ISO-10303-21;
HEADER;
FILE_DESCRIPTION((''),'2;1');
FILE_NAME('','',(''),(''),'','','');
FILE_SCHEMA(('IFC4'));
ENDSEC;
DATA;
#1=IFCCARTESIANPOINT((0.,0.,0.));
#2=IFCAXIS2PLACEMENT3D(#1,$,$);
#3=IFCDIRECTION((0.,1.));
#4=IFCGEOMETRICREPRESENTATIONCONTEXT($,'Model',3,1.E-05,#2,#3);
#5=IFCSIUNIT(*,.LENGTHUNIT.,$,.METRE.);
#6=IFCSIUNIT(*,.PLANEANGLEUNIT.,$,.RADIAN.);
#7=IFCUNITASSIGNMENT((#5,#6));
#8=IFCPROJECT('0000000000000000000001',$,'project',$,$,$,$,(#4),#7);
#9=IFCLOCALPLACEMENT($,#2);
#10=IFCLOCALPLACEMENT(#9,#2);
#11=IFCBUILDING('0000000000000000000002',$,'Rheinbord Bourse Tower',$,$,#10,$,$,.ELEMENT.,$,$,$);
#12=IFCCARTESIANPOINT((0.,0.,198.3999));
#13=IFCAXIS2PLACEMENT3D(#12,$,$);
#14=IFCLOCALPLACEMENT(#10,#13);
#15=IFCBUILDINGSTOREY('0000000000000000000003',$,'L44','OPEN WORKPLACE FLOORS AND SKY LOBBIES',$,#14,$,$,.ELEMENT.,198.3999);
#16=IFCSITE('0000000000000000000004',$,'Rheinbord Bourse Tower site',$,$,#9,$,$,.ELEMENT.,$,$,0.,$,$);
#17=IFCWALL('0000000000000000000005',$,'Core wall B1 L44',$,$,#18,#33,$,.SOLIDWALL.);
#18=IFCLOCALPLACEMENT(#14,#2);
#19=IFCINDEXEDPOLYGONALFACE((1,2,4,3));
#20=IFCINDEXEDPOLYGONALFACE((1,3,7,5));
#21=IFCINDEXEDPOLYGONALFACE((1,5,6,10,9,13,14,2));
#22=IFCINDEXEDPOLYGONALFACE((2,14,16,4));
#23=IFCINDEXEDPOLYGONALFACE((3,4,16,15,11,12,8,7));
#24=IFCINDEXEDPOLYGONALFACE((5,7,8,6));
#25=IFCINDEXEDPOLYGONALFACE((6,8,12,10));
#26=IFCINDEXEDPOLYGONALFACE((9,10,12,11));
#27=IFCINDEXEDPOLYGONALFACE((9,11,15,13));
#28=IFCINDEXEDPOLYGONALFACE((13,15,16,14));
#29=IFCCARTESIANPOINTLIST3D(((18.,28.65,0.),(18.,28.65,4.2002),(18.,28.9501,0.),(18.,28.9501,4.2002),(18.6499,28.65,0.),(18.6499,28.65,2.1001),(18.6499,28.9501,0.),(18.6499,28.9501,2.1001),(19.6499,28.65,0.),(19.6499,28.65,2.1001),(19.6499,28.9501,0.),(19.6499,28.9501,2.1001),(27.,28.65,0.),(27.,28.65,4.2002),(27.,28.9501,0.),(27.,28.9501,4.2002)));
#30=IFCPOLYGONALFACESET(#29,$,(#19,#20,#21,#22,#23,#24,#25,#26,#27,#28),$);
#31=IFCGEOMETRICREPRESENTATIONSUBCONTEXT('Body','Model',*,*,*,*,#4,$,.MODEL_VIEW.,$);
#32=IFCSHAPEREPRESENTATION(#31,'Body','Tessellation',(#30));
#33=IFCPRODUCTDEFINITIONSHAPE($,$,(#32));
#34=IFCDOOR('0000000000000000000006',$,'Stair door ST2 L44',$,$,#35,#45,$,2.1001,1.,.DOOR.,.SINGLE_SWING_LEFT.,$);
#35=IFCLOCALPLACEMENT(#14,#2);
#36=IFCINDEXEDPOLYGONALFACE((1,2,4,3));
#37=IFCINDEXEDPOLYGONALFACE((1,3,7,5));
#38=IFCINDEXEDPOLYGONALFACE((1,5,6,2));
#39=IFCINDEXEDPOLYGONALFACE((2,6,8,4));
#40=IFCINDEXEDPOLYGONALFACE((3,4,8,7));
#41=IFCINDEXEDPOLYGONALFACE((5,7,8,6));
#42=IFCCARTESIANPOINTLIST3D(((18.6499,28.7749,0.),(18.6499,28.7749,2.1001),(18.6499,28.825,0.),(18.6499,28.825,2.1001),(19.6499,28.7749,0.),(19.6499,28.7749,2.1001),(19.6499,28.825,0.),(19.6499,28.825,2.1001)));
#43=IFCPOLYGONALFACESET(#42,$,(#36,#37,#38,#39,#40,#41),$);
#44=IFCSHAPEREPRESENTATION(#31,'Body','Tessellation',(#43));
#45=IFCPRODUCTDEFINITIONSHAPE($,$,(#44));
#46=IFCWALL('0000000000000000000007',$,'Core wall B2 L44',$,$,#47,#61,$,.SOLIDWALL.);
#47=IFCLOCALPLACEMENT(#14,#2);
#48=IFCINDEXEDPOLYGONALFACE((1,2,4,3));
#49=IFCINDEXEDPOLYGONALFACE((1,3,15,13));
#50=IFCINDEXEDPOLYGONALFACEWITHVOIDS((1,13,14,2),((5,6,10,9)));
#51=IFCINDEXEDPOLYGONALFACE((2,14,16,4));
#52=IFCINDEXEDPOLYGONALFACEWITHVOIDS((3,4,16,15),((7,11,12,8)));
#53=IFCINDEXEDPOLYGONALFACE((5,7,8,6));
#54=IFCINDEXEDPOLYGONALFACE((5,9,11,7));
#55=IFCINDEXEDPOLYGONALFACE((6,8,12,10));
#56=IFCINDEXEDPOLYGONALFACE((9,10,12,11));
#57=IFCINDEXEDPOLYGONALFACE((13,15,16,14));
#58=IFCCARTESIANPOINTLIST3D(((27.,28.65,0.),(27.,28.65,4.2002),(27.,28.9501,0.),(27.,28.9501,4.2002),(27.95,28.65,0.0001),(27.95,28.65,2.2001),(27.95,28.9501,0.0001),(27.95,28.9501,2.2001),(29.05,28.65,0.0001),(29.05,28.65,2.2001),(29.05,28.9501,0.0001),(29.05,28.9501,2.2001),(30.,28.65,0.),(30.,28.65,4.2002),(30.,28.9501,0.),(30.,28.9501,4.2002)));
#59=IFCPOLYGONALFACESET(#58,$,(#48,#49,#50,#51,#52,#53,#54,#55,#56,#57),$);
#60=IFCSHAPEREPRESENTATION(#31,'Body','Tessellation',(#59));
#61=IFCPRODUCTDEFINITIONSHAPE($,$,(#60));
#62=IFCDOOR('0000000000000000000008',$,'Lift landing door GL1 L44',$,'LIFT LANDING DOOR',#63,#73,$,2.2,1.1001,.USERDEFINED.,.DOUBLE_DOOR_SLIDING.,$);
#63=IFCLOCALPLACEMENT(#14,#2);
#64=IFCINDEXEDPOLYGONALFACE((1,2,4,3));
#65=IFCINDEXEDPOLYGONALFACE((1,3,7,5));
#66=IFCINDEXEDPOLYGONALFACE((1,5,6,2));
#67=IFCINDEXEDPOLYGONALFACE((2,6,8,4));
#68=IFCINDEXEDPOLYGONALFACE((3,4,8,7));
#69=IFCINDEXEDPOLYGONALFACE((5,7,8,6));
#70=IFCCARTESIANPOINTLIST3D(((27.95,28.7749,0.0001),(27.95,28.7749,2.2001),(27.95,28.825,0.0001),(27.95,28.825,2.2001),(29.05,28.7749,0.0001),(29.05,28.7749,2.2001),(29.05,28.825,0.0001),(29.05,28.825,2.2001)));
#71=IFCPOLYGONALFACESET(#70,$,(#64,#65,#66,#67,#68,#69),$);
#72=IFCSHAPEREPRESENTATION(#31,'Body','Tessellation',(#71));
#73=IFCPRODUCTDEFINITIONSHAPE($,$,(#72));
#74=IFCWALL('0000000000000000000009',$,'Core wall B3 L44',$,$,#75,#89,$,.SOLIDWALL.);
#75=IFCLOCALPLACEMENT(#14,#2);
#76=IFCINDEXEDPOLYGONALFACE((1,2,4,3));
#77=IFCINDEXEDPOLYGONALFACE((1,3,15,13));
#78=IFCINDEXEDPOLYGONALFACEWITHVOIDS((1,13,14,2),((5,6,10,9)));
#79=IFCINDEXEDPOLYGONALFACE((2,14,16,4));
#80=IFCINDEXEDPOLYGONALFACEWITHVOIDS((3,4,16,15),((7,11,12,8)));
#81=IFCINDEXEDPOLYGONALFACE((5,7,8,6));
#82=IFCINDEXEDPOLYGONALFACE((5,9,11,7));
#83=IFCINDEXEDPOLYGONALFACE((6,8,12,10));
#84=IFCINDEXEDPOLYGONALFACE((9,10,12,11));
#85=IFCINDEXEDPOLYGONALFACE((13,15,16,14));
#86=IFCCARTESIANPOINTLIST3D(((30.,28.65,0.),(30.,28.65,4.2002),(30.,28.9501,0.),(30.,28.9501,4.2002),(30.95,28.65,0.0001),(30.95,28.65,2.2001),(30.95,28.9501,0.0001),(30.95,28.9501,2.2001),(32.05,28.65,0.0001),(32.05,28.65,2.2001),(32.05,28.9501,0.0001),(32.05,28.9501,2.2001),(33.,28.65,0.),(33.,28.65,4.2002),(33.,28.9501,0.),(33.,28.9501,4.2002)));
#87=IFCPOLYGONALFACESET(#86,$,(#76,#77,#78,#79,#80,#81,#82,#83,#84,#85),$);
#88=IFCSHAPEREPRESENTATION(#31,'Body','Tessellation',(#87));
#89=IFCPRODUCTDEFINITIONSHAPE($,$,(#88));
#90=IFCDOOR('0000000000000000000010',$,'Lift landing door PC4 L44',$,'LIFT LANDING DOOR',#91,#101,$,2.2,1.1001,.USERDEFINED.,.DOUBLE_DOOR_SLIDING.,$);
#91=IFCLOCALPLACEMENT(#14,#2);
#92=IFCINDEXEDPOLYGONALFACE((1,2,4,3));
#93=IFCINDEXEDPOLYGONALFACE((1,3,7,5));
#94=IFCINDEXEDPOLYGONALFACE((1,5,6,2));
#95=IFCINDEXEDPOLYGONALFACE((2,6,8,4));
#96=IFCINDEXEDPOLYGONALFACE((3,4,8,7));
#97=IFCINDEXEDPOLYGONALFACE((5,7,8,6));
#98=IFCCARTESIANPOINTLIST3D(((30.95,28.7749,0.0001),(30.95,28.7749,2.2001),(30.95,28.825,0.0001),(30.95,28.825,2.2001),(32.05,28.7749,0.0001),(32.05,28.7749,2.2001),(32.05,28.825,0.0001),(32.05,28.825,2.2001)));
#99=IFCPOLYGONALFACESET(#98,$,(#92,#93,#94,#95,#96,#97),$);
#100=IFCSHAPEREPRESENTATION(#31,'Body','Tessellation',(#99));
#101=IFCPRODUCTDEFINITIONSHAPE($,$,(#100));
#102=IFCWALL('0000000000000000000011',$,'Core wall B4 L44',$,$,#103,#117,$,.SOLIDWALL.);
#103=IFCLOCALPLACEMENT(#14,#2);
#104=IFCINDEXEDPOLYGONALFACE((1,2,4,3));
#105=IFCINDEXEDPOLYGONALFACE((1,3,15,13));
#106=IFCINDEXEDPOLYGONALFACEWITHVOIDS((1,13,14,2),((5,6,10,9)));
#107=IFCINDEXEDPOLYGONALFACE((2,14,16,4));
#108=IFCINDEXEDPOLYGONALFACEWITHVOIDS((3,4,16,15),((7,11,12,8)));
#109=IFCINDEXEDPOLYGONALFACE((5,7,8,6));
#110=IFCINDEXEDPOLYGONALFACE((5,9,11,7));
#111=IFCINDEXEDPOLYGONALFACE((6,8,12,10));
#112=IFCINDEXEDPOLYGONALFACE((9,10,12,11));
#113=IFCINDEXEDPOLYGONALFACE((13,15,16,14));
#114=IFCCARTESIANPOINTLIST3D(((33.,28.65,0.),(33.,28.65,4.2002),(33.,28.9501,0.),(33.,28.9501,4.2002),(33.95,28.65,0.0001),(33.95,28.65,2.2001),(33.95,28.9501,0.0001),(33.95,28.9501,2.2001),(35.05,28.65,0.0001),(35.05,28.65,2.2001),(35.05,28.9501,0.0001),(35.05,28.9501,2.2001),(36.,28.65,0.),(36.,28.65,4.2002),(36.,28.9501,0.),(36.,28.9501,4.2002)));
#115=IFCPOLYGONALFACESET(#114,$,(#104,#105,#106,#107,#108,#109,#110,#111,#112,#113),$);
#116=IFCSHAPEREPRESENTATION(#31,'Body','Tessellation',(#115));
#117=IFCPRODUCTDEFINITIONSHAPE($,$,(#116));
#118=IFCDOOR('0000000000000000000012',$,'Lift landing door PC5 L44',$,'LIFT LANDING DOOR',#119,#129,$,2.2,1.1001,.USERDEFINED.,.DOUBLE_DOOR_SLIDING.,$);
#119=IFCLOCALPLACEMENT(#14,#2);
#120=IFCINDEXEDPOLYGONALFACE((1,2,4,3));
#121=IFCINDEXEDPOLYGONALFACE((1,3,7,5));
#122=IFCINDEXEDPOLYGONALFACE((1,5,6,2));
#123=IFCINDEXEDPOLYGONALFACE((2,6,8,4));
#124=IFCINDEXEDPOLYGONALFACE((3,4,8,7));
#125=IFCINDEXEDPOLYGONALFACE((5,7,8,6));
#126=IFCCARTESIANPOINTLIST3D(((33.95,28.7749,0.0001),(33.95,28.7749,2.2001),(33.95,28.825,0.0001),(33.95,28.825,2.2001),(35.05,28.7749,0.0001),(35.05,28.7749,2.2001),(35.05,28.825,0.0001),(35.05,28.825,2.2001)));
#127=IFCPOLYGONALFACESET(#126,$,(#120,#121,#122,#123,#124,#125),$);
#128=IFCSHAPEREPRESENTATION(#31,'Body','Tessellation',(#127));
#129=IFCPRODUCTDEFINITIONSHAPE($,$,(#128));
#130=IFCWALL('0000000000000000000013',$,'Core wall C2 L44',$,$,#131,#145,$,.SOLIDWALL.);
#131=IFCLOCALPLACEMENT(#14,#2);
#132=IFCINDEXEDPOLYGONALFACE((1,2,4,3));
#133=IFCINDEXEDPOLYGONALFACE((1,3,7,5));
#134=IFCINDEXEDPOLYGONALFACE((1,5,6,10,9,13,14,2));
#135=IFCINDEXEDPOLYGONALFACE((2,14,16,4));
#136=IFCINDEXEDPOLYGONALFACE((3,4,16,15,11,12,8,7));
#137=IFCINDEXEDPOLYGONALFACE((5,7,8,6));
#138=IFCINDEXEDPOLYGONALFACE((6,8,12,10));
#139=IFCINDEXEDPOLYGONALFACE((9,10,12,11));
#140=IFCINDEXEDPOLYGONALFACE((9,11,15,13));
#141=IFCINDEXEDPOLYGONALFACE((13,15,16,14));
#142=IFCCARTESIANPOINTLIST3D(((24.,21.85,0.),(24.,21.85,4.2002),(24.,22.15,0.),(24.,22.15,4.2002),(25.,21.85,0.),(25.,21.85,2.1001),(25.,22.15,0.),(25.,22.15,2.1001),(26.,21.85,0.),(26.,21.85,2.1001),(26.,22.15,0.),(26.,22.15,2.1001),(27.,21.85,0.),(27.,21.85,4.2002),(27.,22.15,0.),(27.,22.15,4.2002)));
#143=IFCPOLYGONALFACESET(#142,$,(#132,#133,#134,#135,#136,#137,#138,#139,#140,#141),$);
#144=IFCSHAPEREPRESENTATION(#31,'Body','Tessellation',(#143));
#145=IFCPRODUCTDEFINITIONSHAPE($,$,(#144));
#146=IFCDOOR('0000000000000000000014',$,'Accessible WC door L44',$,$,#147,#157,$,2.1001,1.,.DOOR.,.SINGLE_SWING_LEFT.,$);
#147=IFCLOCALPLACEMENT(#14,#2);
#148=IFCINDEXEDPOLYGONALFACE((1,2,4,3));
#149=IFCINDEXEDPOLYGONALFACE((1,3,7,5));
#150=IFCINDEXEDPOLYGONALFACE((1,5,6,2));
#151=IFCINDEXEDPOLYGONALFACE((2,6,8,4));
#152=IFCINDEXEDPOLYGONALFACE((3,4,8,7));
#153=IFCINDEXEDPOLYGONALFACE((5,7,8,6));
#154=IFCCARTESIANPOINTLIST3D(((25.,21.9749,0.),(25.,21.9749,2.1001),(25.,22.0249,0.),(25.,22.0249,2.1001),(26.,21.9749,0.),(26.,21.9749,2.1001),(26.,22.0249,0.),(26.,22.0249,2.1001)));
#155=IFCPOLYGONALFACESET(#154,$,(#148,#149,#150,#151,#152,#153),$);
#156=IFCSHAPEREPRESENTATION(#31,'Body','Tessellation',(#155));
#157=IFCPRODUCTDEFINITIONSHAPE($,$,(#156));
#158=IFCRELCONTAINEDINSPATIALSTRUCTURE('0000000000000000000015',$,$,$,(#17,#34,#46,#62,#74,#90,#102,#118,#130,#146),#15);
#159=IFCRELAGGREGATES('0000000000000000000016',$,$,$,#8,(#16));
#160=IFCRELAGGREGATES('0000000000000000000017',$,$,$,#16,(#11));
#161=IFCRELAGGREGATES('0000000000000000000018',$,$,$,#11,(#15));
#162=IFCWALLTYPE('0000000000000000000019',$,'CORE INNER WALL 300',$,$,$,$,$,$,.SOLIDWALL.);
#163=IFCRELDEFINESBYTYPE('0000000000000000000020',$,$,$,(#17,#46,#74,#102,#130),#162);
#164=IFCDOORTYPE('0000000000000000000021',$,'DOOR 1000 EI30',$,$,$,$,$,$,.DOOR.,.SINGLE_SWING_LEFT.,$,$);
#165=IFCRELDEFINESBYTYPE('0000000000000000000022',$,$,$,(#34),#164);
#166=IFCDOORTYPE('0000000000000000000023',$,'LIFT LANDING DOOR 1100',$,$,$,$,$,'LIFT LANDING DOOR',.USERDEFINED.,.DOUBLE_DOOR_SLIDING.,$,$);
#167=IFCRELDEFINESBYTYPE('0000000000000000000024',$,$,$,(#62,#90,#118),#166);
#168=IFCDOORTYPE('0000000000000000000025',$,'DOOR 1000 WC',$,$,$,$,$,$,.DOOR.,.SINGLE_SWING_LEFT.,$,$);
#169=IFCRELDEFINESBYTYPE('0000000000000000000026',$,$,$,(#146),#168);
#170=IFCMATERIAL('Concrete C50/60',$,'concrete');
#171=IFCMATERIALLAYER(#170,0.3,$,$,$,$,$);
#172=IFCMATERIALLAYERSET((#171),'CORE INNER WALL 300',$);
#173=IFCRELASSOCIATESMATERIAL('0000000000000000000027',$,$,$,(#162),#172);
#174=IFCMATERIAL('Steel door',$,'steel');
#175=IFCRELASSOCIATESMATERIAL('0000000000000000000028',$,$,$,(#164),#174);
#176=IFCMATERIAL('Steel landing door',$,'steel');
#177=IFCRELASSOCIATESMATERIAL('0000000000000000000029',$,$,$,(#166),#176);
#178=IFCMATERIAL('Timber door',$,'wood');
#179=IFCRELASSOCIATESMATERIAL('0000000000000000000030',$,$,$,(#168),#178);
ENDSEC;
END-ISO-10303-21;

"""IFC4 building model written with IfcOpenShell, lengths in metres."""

from ifc_helpers import new_model, si_unit, direction, frame, frame_2d, origin, place, context, subcontext, project, spatial, rectangle, extrude, material, layer, layer_set, type_object, element, fill, save


model = new_model("IFC4")

# Units and contexts
model_context = context("Model", 3, precision=1e-05, world=origin(), true_north=direction((0.0, 1.0)))
body_context = subcontext(model_context, "Body", "Model", "MODEL_VIEW")
ifc_project = project(units=[si_unit("LENGTHUNIT", "METRE"), si_unit("PLANEANGLEUNIT", "RADIAN")], contexts=[model_context])

# Site, building, storey
site_placement = place(None, origin())
site = spatial("IfcSite", under=ifc_project, at=site_placement, Name="Rheinbord Bourse Tower site", CompositionType="ELEMENT", RefElevation=0.0)
building_placement = place(site_placement, origin())
building = spatial("IfcBuilding", under=site, at=building_placement, Name="Rheinbord Bourse Tower", CompositionType="ELEMENT")
storey_placement = place(building_placement, frame((0.0, 0.0, 198.3999)))
storey = spatial("IfcBuildingStorey", under=building, at=storey_placement, Name="L44", Description="OPEN WORKPLACE FLOORS AND SKY LOBBIES", CompositionType="ELEMENT", Elevation=198.3999)

# Walls, openings, doors
ifc_material_1 = material(Name="Concrete C50/60", Category="concrete")
ifc_layer_1 = layer(ifc_material_1, 0.3)
ifc_layer_set_1 = layer_set([ifc_layer_1], Name="CORE INNER WALL 300")
wall_type_1 = type_object("IfcWallType", Name="CORE INNER WALL 300", PredefinedType="SOLIDWALL", material=ifc_layer_set_1)
wall_1_placement = place(storey_placement, frame((18.0, 28.8, 0.0), z_axis=(0.0, 0.0, 1.0), x_axis=(1.0, 0.0, 0.0)))
wall_1 = element("IfcWall", 1, at=wall_1_placement, inside=storey, type_object=wall_type_1, Name="Core wall B1 L44", PredefinedType="SOLIDWALL", context=body_context, shape_type="SweptSolid", body=[
    extrude(rectangle(XDim=9.0, YDim=0.3, at=frame_2d((4.5, 0.0))), origin(), (0.0, 0.0, 1.0), 4.2002),
])
opening_1_placement = place(wall_1_placement, frame((0.6499, 0.0, 0.0)))
opening_1 = element("IfcOpeningElement", 2, at=opening_1_placement, cuts=wall_1, PredefinedType="OPENING", context=body_context, shape_type="SweptSolid", body=[
    extrude(rectangle(XDim=1.0, YDim=2.1001, at=frame_2d((0.5, 1.05))), frame((0.0, 0.1599, 0.0), z_axis=(0.0, -1.0, 0.0), x_axis=(1.0, 0.0, 0.0)), (0.0, 0.0, 1.0), 0.3201),
])
ifc_material_2 = material(Name="Steel door", Category="steel")
door_type_1 = type_object("IfcDoorType", Name="DOOR 1000 EI30", OperationType="SINGLE_SWING_LEFT", PredefinedType="DOOR", material=ifc_material_2)
door_1_placement = place(opening_1_placement, origin())
door_1 = element("IfcDoor", 3, at=door_1_placement, inside=storey, type_object=door_type_1, Name="Stair door ST2 L44", OperationType="SINGLE_SWING_LEFT", OverallHeight=2.1001, OverallWidth=1.0, PredefinedType="DOOR", context=body_context, shape_type="SweptSolid", body=[
    extrude(rectangle(XDim=1.0, YDim=2.1001, at=frame_2d((0.5, 1.05))), frame((0.0, 0.0249, 0.0), z_axis=(0.0, -1.0, 0.0), x_axis=(1.0, 0.0, 0.0)), (0.0, 0.0, 1.0), 0.05),
])
fill(opening_1, door_1)
wall_2_placement = place(storey_placement, frame((27.0, 28.8, 0.0), z_axis=(0.0, 0.0, 1.0), x_axis=(1.0, 0.0, 0.0)))
wall_2 = element("IfcWall", 4, at=wall_2_placement, inside=storey, type_object=wall_type_1, Name="Core wall B2 L44", PredefinedType="SOLIDWALL", context=body_context, shape_type="SweptSolid", body=[
    extrude(rectangle(XDim=3.0, YDim=0.3, at=frame_2d((1.5, 0.0))), origin(), (0.0, 0.0, 1.0), 4.2002),
])
opening_2_placement = place(wall_2_placement, frame((0.95, 0.0, 0.0)))
opening_2 = element("IfcOpeningElement", 5, at=opening_2_placement, cuts=wall_2, PredefinedType="OPENING", context=body_context, shape_type="SweptSolid", body=[
    extrude(rectangle(XDim=1.1001, YDim=2.2, at=frame_2d((0.55, 1.1001))), frame((0.0, 0.1599, 0.0), z_axis=(0.0, -1.0, 0.0), x_axis=(1.0, 0.0, 0.0)), (0.0, 0.0, 1.0), 0.3201),
])
ifc_material_3 = material(Name="Steel landing door", Category="steel")
door_type_2 = type_object("IfcDoorType", Name="LIFT LANDING DOOR 1100", ElementType="LIFT LANDING DOOR", OperationType="DOUBLE_DOOR_SLIDING", PredefinedType="USERDEFINED", material=ifc_material_3)
door_2_placement = place(opening_2_placement, origin())
door_2 = element("IfcDoor", 6, at=door_2_placement, inside=storey, type_object=door_type_2, Name="Lift landing door GL1 L44", ObjectType="LIFT LANDING DOOR", OperationType="DOUBLE_DOOR_SLIDING", OverallHeight=2.2, OverallWidth=1.1001, PredefinedType="USERDEFINED", context=body_context, shape_type="SweptSolid", body=[
    extrude(rectangle(XDim=1.1001, YDim=2.2, at=frame_2d((0.55, 1.1001))), frame((0.0, 0.0249, 0.0), z_axis=(0.0, -1.0, 0.0), x_axis=(1.0, 0.0, 0.0)), (0.0, 0.0, 1.0), 0.05),
])
fill(opening_2, door_2)
wall_3_placement = place(storey_placement, frame((30.0, 28.8, 0.0), z_axis=(0.0, 0.0, 1.0), x_axis=(1.0, 0.0, 0.0)))
wall_3 = element("IfcWall", 7, at=wall_3_placement, inside=storey, type_object=wall_type_1, Name="Core wall B3 L44", PredefinedType="SOLIDWALL", context=body_context, shape_type="SweptSolid", body=[
    extrude(rectangle(XDim=3.0, YDim=0.3, at=frame_2d((1.5, 0.0))), origin(), (0.0, 0.0, 1.0), 4.2002),
])
opening_3_placement = place(wall_3_placement, frame((0.95, 0.0, 0.0)))
opening_3 = element("IfcOpeningElement", 8, at=opening_3_placement, cuts=wall_3, PredefinedType="OPENING", context=body_context, shape_type="SweptSolid", body=[
    extrude(rectangle(XDim=1.1001, YDim=2.2, at=frame_2d((0.55, 1.1001))), frame((0.0, 0.1599, 0.0), z_axis=(0.0, -1.0, 0.0), x_axis=(1.0, 0.0, 0.0)), (0.0, 0.0, 1.0), 0.3201),
])
door_3_placement = place(opening_3_placement, origin())
door_3 = element("IfcDoor", 9, at=door_3_placement, inside=storey, type_object=door_type_2, Name="Lift landing door PC4 L44", ObjectType="LIFT LANDING DOOR", OperationType="DOUBLE_DOOR_SLIDING", OverallHeight=2.2, OverallWidth=1.1001, PredefinedType="USERDEFINED", context=body_context, shape_type="SweptSolid", body=[
    extrude(rectangle(XDim=1.1001, YDim=2.2, at=frame_2d((0.55, 1.1001))), frame((0.0, 0.0249, 0.0), z_axis=(0.0, -1.0, 0.0), x_axis=(1.0, 0.0, 0.0)), (0.0, 0.0, 1.0), 0.05),
])
fill(opening_3, door_3)
wall_4_placement = place(storey_placement, frame((33.0, 28.8, 0.0), z_axis=(0.0, 0.0, 1.0), x_axis=(1.0, 0.0, 0.0)))
wall_4 = element("IfcWall", 10, at=wall_4_placement, inside=storey, type_object=wall_type_1, Name="Core wall B4 L44", PredefinedType="SOLIDWALL", context=body_context, shape_type="SweptSolid", body=[
    extrude(rectangle(XDim=3.0, YDim=0.3, at=frame_2d((1.5, 0.0))), origin(), (0.0, 0.0, 1.0), 4.2002),
])
opening_4_placement = place(wall_4_placement, frame((0.95, 0.0, 0.0)))
opening_4 = element("IfcOpeningElement", 11, at=opening_4_placement, cuts=wall_4, PredefinedType="OPENING", context=body_context, shape_type="SweptSolid", body=[
    extrude(rectangle(XDim=1.1001, YDim=2.2, at=frame_2d((0.55, 1.1001))), frame((0.0, 0.1599, 0.0), z_axis=(0.0, -1.0, 0.0), x_axis=(1.0, 0.0, 0.0)), (0.0, 0.0, 1.0), 0.3201),
])
door_4_placement = place(opening_4_placement, origin())
door_4 = element("IfcDoor", 12, at=door_4_placement, inside=storey, type_object=door_type_2, Name="Lift landing door PC5 L44", ObjectType="LIFT LANDING DOOR", OperationType="DOUBLE_DOOR_SLIDING", OverallHeight=2.2, OverallWidth=1.1001, PredefinedType="USERDEFINED", context=body_context, shape_type="SweptSolid", body=[
    extrude(rectangle(XDim=1.1001, YDim=2.2, at=frame_2d((0.55, 1.1001))), frame((0.0, 0.0249, 0.0), z_axis=(0.0, -1.0, 0.0), x_axis=(1.0, 0.0, 0.0)), (0.0, 0.0, 1.0), 0.05),
])
fill(opening_4, door_4)
wall_5_placement = place(storey_placement, frame((24.0, 22.0, 0.0), z_axis=(0.0, 0.0, 1.0), x_axis=(1.0, 0.0, 0.0)))
wall_5 = element("IfcWall", 13, at=wall_5_placement, inside=storey, type_object=wall_type_1, Name="Core wall C2 L44", PredefinedType="SOLIDWALL", context=body_context, shape_type="SweptSolid", body=[
    extrude(rectangle(XDim=3.0, YDim=0.3, at=frame_2d((1.5, 0.0))), origin(), (0.0, 0.0, 1.0), 4.2002),
])
opening_5_placement = place(wall_5_placement, frame((1.0, 0.0, 0.0)))
opening_5 = element("IfcOpeningElement", 14, at=opening_5_placement, cuts=wall_5, PredefinedType="OPENING", context=body_context, shape_type="SweptSolid", body=[
    extrude(rectangle(XDim=1.0, YDim=2.1001, at=frame_2d((0.5, 1.05))), frame((0.0, 0.1599, 0.0), z_axis=(0.0, -1.0, 0.0), x_axis=(1.0, 0.0, 0.0)), (0.0, 0.0, 1.0), 0.3201),
])
ifc_material_4 = material(Name="Timber door", Category="wood")
door_type_3 = type_object("IfcDoorType", Name="DOOR 1000 WC", OperationType="SINGLE_SWING_LEFT", PredefinedType="DOOR", material=ifc_material_4)
door_5_placement = place(opening_5_placement, origin())
door_5 = element("IfcDoor", 15, at=door_5_placement, inside=storey, type_object=door_type_3, Name="Accessible WC door L44", OperationType="SINGLE_SWING_LEFT", OverallHeight=2.1001, OverallWidth=1.0, PredefinedType="DOOR", context=body_context, shape_type="SweptSolid", body=[
    extrude(rectangle(XDim=1.0, YDim=2.1001, at=frame_2d((0.5, 1.05))), frame((0.0, 0.0249, 0.0), z_axis=(0.0, -1.0, 0.0), x_axis=(1.0, 0.0, 0.0)), (0.0, 0.0, 1.0), 0.05),
])
fill(opening_5, door_5)

save(model, "model.ifc")
